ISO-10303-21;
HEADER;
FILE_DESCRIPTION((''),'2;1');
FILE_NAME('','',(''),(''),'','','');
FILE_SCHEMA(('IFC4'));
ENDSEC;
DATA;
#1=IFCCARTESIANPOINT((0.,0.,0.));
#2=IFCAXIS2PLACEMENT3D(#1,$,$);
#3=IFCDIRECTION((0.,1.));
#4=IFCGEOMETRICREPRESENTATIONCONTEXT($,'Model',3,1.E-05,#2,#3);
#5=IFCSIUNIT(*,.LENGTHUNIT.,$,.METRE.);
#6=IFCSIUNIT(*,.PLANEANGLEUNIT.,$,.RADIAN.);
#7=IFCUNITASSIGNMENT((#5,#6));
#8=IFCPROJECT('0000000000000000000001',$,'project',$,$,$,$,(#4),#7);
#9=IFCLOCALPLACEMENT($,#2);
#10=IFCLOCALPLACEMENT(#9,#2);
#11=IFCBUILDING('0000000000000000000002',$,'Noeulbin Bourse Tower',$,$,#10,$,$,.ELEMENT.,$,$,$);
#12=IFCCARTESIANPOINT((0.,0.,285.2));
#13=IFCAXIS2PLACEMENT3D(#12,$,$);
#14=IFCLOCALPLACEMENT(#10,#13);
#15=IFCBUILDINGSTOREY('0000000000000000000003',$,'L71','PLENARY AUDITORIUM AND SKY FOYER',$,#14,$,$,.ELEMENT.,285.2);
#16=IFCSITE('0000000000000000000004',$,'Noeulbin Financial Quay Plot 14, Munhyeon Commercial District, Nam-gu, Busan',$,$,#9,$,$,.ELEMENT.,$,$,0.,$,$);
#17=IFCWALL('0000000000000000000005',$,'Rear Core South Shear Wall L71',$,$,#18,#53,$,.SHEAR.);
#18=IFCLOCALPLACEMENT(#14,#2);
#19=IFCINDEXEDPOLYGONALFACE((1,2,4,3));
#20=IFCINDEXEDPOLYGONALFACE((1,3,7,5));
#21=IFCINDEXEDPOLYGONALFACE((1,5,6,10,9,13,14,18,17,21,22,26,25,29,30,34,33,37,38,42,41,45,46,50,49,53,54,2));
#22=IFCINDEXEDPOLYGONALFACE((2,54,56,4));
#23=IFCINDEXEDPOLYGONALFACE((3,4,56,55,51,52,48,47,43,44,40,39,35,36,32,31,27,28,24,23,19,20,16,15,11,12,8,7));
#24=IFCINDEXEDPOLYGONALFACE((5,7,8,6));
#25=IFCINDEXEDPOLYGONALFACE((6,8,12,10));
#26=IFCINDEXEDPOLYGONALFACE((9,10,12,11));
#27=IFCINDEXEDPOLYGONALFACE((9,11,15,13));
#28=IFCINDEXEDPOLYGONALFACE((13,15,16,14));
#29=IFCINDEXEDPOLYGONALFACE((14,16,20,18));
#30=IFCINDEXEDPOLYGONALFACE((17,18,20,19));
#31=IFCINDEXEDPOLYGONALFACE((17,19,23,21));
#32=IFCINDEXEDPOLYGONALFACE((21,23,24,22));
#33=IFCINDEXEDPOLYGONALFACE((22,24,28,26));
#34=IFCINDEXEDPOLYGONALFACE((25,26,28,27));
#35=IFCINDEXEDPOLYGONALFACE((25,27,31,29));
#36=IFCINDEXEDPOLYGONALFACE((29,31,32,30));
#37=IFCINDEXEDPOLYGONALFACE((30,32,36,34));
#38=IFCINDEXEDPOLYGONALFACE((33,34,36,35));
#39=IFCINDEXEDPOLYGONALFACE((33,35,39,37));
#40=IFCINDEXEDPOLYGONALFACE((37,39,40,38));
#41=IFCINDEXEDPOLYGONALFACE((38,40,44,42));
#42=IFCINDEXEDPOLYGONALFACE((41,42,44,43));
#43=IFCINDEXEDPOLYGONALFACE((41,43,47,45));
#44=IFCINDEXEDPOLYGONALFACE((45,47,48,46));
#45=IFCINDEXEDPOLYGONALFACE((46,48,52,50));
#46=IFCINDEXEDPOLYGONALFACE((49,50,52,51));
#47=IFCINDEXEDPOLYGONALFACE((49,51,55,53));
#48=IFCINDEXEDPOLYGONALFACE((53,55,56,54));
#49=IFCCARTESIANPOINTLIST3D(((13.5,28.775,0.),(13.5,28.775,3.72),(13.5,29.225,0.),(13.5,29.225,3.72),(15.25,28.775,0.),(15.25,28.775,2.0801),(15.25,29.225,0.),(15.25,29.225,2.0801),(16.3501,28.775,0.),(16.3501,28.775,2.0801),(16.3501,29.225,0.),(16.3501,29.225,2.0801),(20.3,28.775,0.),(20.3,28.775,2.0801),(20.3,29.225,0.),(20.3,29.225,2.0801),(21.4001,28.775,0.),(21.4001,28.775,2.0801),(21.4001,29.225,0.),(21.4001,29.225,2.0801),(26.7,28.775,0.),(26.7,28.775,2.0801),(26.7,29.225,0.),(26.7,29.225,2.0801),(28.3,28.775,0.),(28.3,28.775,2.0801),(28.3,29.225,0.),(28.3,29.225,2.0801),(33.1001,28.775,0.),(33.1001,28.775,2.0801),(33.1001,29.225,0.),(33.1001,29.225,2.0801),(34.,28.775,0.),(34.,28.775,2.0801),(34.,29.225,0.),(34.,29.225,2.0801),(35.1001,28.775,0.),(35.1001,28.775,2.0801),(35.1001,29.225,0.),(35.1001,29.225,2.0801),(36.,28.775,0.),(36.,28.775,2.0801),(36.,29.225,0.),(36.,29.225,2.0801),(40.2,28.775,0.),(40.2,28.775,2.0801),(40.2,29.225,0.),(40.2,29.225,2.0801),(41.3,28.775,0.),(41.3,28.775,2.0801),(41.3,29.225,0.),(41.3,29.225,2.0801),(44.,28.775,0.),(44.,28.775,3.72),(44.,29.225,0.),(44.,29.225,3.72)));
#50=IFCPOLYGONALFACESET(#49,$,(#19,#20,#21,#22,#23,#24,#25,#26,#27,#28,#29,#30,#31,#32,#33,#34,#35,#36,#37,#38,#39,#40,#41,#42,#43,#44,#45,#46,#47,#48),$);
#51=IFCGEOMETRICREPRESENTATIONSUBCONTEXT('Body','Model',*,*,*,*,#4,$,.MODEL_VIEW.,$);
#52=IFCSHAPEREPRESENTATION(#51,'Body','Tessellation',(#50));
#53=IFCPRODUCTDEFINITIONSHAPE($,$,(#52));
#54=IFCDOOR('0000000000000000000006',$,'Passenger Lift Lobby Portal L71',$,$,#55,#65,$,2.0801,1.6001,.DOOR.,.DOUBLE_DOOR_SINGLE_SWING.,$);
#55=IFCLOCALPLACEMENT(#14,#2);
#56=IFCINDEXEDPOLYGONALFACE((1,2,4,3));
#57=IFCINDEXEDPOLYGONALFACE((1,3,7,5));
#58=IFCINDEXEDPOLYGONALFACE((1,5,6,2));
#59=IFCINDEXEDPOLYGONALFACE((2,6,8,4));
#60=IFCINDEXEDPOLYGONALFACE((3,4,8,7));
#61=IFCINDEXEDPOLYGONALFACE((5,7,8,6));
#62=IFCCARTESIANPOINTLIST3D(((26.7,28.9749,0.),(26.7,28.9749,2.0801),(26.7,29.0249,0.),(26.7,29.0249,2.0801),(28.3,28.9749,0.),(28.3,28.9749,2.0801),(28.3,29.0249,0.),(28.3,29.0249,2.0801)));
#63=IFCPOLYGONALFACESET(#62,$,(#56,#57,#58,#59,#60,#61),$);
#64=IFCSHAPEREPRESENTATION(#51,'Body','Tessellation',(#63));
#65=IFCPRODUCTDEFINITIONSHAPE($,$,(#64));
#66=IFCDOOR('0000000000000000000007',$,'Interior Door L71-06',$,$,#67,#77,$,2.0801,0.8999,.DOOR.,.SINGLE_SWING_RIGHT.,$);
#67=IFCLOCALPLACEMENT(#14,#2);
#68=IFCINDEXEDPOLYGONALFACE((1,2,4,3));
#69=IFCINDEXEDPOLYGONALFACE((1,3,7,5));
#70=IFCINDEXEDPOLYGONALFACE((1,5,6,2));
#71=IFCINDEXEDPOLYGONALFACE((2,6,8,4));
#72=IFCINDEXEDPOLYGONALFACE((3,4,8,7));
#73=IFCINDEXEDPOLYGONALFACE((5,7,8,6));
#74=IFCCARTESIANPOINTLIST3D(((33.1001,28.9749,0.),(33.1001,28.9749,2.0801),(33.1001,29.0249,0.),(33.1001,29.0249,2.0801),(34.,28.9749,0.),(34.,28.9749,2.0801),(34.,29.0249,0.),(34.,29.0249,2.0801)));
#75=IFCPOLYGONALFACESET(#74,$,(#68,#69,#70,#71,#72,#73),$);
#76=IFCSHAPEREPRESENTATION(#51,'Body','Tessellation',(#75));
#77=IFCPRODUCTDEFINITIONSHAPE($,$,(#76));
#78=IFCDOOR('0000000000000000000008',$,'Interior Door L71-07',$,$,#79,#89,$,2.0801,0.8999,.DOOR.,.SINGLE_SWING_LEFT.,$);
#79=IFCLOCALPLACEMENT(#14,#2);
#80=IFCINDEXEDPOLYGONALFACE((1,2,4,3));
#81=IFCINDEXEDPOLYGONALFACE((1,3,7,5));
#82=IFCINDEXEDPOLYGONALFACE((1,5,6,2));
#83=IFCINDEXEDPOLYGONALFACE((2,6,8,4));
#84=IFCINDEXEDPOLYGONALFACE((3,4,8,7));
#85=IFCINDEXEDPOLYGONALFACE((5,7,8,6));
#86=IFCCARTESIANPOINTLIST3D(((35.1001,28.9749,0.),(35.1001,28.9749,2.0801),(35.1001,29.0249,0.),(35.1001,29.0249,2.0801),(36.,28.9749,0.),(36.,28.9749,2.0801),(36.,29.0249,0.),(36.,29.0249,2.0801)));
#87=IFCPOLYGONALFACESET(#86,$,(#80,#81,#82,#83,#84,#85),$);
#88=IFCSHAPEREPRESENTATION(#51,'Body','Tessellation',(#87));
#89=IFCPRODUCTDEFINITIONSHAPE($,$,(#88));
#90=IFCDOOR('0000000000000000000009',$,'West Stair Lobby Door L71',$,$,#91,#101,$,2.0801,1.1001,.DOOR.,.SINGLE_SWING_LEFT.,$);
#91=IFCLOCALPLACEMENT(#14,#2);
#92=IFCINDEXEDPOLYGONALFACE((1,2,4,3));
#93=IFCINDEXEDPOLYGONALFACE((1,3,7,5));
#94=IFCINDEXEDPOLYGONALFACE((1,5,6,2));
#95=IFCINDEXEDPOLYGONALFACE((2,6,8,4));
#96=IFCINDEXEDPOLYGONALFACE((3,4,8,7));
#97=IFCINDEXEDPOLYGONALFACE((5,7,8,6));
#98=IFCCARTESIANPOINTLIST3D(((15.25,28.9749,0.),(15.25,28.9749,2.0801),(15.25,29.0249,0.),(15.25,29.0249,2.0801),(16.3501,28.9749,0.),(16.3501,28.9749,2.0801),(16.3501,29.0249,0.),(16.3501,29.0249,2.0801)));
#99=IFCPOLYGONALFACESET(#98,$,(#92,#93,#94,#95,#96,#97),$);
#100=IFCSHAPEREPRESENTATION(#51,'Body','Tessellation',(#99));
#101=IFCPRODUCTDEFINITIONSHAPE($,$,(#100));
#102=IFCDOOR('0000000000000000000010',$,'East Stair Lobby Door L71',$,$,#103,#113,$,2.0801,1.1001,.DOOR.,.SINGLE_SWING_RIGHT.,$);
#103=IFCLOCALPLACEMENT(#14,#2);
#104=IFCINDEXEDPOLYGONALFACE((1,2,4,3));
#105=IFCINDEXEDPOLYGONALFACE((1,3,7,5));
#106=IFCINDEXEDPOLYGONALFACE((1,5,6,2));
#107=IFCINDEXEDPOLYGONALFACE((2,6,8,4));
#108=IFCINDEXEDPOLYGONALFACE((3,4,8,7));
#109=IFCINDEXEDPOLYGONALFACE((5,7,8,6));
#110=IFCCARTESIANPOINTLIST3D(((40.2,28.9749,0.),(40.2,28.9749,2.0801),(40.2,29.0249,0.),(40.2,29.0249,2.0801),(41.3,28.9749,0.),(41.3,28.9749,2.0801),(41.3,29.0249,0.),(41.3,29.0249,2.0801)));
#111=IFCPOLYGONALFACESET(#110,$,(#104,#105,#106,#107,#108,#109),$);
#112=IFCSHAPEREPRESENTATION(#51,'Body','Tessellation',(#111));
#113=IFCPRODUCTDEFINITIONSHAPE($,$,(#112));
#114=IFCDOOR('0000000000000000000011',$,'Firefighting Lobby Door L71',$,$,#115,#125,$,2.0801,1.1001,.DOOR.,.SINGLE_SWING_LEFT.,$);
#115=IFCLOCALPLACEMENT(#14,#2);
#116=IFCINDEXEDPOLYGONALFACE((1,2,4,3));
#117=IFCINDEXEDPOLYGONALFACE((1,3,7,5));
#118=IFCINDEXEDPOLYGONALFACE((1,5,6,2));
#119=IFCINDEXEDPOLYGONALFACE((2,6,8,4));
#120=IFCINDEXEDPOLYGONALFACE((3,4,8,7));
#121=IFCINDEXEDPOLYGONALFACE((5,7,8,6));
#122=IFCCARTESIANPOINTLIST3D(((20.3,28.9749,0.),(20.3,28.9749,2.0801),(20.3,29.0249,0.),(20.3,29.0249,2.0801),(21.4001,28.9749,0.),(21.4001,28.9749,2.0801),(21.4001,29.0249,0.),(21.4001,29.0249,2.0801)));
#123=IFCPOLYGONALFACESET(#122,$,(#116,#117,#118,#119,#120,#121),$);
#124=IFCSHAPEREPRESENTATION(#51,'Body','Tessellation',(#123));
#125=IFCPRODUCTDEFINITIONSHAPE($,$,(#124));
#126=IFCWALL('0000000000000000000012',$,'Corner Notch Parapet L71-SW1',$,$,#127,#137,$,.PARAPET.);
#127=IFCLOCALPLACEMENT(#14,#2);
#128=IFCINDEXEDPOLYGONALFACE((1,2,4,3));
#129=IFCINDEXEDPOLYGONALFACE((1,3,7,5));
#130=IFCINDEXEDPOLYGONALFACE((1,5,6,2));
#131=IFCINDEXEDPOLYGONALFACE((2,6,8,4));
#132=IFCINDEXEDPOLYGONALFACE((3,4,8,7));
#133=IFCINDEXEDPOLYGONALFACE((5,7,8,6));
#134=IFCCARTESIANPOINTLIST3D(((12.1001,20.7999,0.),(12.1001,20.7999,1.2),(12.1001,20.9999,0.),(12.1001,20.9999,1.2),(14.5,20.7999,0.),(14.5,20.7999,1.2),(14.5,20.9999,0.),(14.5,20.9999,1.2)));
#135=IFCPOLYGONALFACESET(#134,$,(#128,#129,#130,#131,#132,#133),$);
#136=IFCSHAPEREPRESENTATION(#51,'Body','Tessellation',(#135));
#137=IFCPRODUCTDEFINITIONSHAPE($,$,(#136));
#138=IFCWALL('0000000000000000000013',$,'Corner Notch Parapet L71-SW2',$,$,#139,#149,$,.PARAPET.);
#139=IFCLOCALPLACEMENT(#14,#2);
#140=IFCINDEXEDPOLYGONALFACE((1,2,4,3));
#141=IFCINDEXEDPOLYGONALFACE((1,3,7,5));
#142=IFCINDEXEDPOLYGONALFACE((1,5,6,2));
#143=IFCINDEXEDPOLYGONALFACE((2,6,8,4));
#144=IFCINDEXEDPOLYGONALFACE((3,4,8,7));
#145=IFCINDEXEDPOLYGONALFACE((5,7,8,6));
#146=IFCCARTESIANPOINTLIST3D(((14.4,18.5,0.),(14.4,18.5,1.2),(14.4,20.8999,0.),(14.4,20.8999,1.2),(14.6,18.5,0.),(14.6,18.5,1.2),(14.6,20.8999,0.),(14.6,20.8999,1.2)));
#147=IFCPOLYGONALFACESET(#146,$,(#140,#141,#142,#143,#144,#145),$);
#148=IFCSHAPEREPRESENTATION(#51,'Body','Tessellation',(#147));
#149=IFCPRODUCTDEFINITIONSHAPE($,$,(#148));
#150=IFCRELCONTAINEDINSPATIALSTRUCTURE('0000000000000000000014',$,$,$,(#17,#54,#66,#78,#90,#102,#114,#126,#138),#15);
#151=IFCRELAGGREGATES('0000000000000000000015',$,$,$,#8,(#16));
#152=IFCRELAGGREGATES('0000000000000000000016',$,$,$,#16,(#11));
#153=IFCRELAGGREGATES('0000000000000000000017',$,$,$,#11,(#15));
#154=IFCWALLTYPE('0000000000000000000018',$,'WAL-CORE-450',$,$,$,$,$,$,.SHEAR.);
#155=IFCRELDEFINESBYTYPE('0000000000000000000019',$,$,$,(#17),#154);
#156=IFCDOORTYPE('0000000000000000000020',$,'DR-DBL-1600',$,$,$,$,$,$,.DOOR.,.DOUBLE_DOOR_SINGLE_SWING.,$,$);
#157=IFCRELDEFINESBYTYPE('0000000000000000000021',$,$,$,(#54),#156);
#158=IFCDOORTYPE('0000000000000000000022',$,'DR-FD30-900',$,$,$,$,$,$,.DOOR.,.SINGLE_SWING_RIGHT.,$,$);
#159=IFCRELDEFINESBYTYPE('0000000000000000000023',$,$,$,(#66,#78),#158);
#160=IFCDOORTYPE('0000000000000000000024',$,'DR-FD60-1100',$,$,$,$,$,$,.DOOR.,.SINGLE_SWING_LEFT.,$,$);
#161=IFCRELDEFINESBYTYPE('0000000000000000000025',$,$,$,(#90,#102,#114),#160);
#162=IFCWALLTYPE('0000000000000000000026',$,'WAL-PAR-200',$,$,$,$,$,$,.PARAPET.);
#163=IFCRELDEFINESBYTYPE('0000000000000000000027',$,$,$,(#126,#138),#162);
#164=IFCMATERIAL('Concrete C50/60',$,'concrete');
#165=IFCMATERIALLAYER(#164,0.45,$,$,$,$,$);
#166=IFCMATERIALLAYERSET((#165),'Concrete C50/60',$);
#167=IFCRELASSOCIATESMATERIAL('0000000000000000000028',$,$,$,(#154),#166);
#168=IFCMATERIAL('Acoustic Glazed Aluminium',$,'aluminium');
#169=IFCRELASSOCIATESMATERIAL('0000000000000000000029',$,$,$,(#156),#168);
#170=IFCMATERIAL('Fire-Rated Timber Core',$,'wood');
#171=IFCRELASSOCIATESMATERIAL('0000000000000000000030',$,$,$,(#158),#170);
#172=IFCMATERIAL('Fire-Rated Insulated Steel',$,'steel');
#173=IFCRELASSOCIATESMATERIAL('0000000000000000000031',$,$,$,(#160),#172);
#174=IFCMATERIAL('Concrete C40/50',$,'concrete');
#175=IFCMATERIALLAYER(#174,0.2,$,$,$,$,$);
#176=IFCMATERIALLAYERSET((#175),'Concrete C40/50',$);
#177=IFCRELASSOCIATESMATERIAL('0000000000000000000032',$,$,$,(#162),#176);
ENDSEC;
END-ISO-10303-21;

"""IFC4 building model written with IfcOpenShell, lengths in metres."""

from ifc_helpers import new_model, si_unit, direction, frame, frame_2d, origin, place, context, subcontext, project, spatial, rectangle, extrude, material, layer, layer_set, type_object, element, fill, save


model = new_model("IFC4")

# Units and contexts
model_context = context("Model", 3, precision=1e-05, world=origin(), true_north=direction((0.0, 1.0)))
body_context = subcontext(model_context, "Body", "Model", "MODEL_VIEW")
ifc_project = project(units=[si_unit("LENGTHUNIT", "METRE"), si_unit("PLANEANGLEUNIT", "RADIAN")], contexts=[model_context])

# Site, building, storey
site_placement = place(None, origin())
site = spatial("IfcSite", under=ifc_project, at=site_placement, Name="Noeulbin Financial Quay Plot 14, Munhyeon Commercial District, Nam-gu, Busan", CompositionType="ELEMENT", RefElevation=0.0)
building_placement = place(site_placement, origin())
building = spatial("IfcBuilding", under=site, at=building_placement, Name="Noeulbin Bourse Tower", CompositionType="ELEMENT")
storey_placement = place(building_placement, frame((0.0, 0.0, 285.2)))
storey = spatial("IfcBuildingStorey", under=building, at=storey_placement, Name="L71", Description="PLENARY AUDITORIUM AND SKY FOYER", CompositionType="ELEMENT", Elevation=285.2)

# Wall, openings, doors
ifc_material_1 = material(Name="Concrete C50/60", Category="concrete")
ifc_layer_1 = layer(ifc_material_1, 0.45)
ifc_layer_set_1 = layer_set([ifc_layer_1], Name="Concrete C50/60")
wall_type_1 = type_object("IfcWallType", Name="WAL-CORE-450", PredefinedType="SHEAR", material=ifc_layer_set_1)
wall_1_placement = place(storey_placement, frame((13.5, 29.0, 0.0), z_axis=(0.0, 0.0, 1.0), x_axis=(1.0, 0.0, 0.0)))
wall_1 = element("IfcWall", 1, at=wall_1_placement, inside=storey, type_object=wall_type_1, Name="Rear Core South Shear Wall L71", PredefinedType="SHEAR", context=body_context, shape_type="SweptSolid", body=[
    extrude(rectangle(XDim=30.5, YDim=0.45, at=frame_2d((15.25, 0.0))), origin(), (0.0, 0.0, 1.0), 3.72),
])
opening_1_placement = place(wall_1_placement, frame((1.75, 0.0, 0.0)))
opening_1 = element("IfcOpeningElement", 2, at=opening_1_placement, cuts=wall_1, PredefinedType="OPENING", context=body_context, shape_type="SweptSolid", body=[
    extrude(rectangle(XDim=1.1001, YDim=2.0801, at=frame_2d((0.55, 1.04))), frame((0.0, 0.2349, 0.0), z_axis=(0.0, -1.0, 0.0), x_axis=(1.0, 0.0, 0.0)), (0.0, 0.0, 1.0), 0.47),
])
opening_2_placement = place(wall_1_placement, frame((26.7, 0.0, 0.0)))
opening_2 = element("IfcOpeningElement", 3, at=opening_2_placement, cuts=wall_1, PredefinedType="OPENING", context=body_context, shape_type="SweptSolid", body=[
    extrude(rectangle(XDim=1.1001, YDim=2.0801, at=frame_2d((0.55, 1.04))), frame((0.0, 0.2349, 0.0), z_axis=(0.0, -1.0, 0.0), x_axis=(1.0, 0.0, 0.0)), (0.0, 0.0, 1.0), 0.47),
])
opening_3_placement = place(wall_1_placement, frame((6.8, 0.0, 0.0)))
opening_3 = element("IfcOpeningElement", 4, at=opening_3_placement, cuts=wall_1, PredefinedType="OPENING", context=body_context, shape_type="SweptSolid", body=[
    extrude(rectangle(XDim=1.1001, YDim=2.0801, at=frame_2d((0.55, 1.04))), frame((0.0, 0.2349, 0.0), z_axis=(0.0, -1.0, 0.0), x_axis=(1.0, 0.0, 0.0)), (0.0, 0.0, 1.0), 0.47),
])
opening_4_placement = place(wall_1_placement, frame((13.2, 0.0, 0.0)))
opening_4 = element("IfcOpeningElement", 5, at=opening_4_placement, cuts=wall_1, PredefinedType="OPENING", context=body_context, shape_type="SweptSolid", body=[
    extrude(rectangle(XDim=1.6001, YDim=2.0801, at=frame_2d((0.8, 1.04))), frame((0.0, 0.2349, 0.0), z_axis=(0.0, -1.0, 0.0), x_axis=(1.0, 0.0, 0.0)), (0.0, 0.0, 1.0), 0.47),
])
opening_5_placement = place(wall_1_placement, frame((19.6001, 0.0, 0.0)))
opening_5 = element("IfcOpeningElement", 6, at=opening_5_placement, cuts=wall_1, PredefinedType="OPENING", context=body_context, shape_type="SweptSolid", body=[
    extrude(rectangle(XDim=0.8999, YDim=2.0801, at=frame_2d((0.45, 1.04))), frame((0.0, 0.2349, 0.0), z_axis=(0.0, -1.0, 0.0), x_axis=(1.0, 0.0, 0.0)), (0.0, 0.0, 1.0), 0.47),
])
opening_6_placement = place(wall_1_placement, frame((21.6001, 0.0, 0.0)))
opening_6 = element("IfcOpeningElement", 7, at=opening_6_placement, cuts=wall_1, PredefinedType="OPENING", context=body_context, shape_type="SweptSolid", body=[
    extrude(rectangle(XDim=0.8999, YDim=2.0801, at=frame_2d((0.45, 1.04))), frame((0.0, 0.2349, 0.0), z_axis=(0.0, -1.0, 0.0), x_axis=(1.0, 0.0, 0.0)), (0.0, 0.0, 1.0), 0.47),
])
ifc_material_2 = material(Name="Acoustic Glazed Aluminium", Category="aluminium")
door_type_1 = type_object("IfcDoorType", Name="DR-DBL-1600", OperationType="DOUBLE_DOOR_SINGLE_SWING", PredefinedType="DOOR", material=ifc_material_2)
door_1_placement = place(opening_4_placement, origin())
door_1 = element("IfcDoor", 8, at=door_1_placement, inside=storey, type_object=door_type_1, Name="Passenger Lift Lobby Portal L71", OperationType="DOUBLE_DOOR_SINGLE_SWING", OverallHeight=2.0801, OverallWidth=1.6001, PredefinedType="DOOR", context=body_context, shape_type="SweptSolid", body=[
    extrude(rectangle(XDim=1.6001, YDim=2.0801, at=frame_2d((0.8, 1.04))), frame((0.0, 0.0249, 0.0), z_axis=(0.0, -1.0, 0.0), x_axis=(1.0, 0.0, 0.0)), (0.0, 0.0, 1.0), 0.05),
])
fill(opening_4, door_1)
ifc_material_3 = material(Name="Fire-Rated Timber Core", Category="wood")
door_type_2 = type_object("IfcDoorType", Name="DR-FD30-900", OperationType="SINGLE_SWING_RIGHT", PredefinedType="DOOR", material=ifc_material_3)
door_2_placement = place(opening_5_placement, origin())
door_2 = element("IfcDoor", 9, at=door_2_placement, inside=storey, type_object=door_type_2, Name="Interior Door L71-06", OperationType="SINGLE_SWING_RIGHT", OverallHeight=2.0801, OverallWidth=0.8999, PredefinedType="DOOR", context=body_context, shape_type="SweptSolid", body=[
    extrude(rectangle(XDim=0.8999, YDim=2.0801, at=frame_2d((0.45, 1.04))), frame((0.0, 0.0249, 0.0), z_axis=(0.0, -1.0, 0.0), x_axis=(1.0, 0.0, 0.0)), (0.0, 0.0, 1.0), 0.05),
])
fill(opening_5, door_2)
door_3_placement = place(opening_6_placement, origin())
door_3 = element("IfcDoor", 10, at=door_3_placement, inside=storey, type_object=door_type_2, Name="Interior Door L71-07", OperationType="SINGLE_SWING_LEFT", OverallHeight=2.0801, OverallWidth=0.8999, PredefinedType="DOOR", context=body_context, shape_type="SweptSolid", body=[
    extrude(rectangle(XDim=0.8999, YDim=2.0801, at=frame_2d((0.45, 1.04))), frame((0.0, 0.0249, 0.0), z_axis=(0.0, -1.0, 0.0), x_axis=(1.0, 0.0, 0.0)), (0.0, 0.0, 1.0), 0.05),
])
fill(opening_6, door_3)
ifc_material_4 = material(Name="Fire-Rated Insulated Steel", Category="steel")
door_type_3 = type_object("IfcDoorType", Name="DR-FD60-1100", OperationType="SINGLE_SWING_LEFT", PredefinedType="DOOR", material=ifc_material_4)
door_4_placement = place(opening_1_placement, origin())
door_4 = element("IfcDoor", 11, at=door_4_placement, inside=storey, type_object=door_type_3, Name="West Stair Lobby Door L71", OperationType="SINGLE_SWING_LEFT", OverallHeight=2.0801, OverallWidth=1.1001, PredefinedType="DOOR", context=body_context, shape_type="SweptSolid", body=[
    extrude(rectangle(XDim=1.1001, YDim=2.0801, at=frame_2d((0.55, 1.04))), frame((0.0, 0.0249, 0.0), z_axis=(0.0, -1.0, 0.0), x_axis=(1.0, 0.0, 0.0)), (0.0, 0.0, 1.0), 0.05),
])
fill(opening_1, door_4)
door_5_placement = place(opening_2_placement, origin())
door_5 = element("IfcDoor", 12, at=door_5_placement, inside=storey, type_object=door_type_3, Name="East Stair Lobby Door L71", OperationType="SINGLE_SWING_RIGHT", OverallHeight=2.0801, OverallWidth=1.1001, PredefinedType="DOOR", context=body_context, shape_type="SweptSolid", body=[
    extrude(rectangle(XDim=1.1001, YDim=2.0801, at=frame_2d((0.55, 1.04))), frame((0.0, 0.0249, 0.0), z_axis=(0.0, -1.0, 0.0), x_axis=(1.0, 0.0, 0.0)), (0.0, 0.0, 1.0), 0.05),
])
fill(opening_2, door_5)
door_6_placement = place(opening_3_placement, origin())
door_6 = element("IfcDoor", 13, at=door_6_placement, inside=storey, type_object=door_type_3, Name="Firefighting Lobby Door L71", OperationType="SINGLE_SWING_LEFT", OverallHeight=2.0801, OverallWidth=1.1001, PredefinedType="DOOR", context=body_context, shape_type="SweptSolid", body=[
    extrude(rectangle(XDim=1.1001, YDim=2.0801, at=frame_2d((0.55, 1.04))), frame((0.0, 0.0249, 0.0), z_axis=(0.0, -1.0, 0.0), x_axis=(1.0, 0.0, 0.0)), (0.0, 0.0, 1.0), 0.05),
])
fill(opening_3, door_6)

# Walls
ifc_material_5 = material(Name="Concrete C40/50", Category="concrete")
ifc_layer_2 = layer(ifc_material_5, 0.2)
ifc_layer_set_2 = layer_set([ifc_layer_2], Name="Concrete C40/50")
wall_type_2 = type_object("IfcWallType", Name="WAL-PAR-200", PredefinedType="PARAPET", material=ifc_layer_set_2)
for number, where, z_axis, x_axis, name in (
    (14, (12.1001, 20.8999, 0.0), (0.0, 0.0, 1.0), (1.0, 0.0, 0.0), "Corner Notch Parapet L71-SW1"),
    (15, (14.5, 20.8999, 0.0), (0.0, 0.0, 1.0), (0.0, -1.0, 0.0), "Corner Notch Parapet L71-SW2"),
):
    element("IfcWall", number, at=place(storey_placement, frame(where, z_axis=z_axis, x_axis=x_axis)), inside=storey, type_object=wall_type_2, Name=name, PredefinedType="PARAPET", context=body_context, shape_type="SweptSolid", body=[
        extrude(rectangle(XDim=2.3999, YDim=0.2, at=frame_2d((1.2, 0.0))), origin(), (0.0, 0.0, 1.0), 1.2),
    ])

save(model, "model.ifc")
